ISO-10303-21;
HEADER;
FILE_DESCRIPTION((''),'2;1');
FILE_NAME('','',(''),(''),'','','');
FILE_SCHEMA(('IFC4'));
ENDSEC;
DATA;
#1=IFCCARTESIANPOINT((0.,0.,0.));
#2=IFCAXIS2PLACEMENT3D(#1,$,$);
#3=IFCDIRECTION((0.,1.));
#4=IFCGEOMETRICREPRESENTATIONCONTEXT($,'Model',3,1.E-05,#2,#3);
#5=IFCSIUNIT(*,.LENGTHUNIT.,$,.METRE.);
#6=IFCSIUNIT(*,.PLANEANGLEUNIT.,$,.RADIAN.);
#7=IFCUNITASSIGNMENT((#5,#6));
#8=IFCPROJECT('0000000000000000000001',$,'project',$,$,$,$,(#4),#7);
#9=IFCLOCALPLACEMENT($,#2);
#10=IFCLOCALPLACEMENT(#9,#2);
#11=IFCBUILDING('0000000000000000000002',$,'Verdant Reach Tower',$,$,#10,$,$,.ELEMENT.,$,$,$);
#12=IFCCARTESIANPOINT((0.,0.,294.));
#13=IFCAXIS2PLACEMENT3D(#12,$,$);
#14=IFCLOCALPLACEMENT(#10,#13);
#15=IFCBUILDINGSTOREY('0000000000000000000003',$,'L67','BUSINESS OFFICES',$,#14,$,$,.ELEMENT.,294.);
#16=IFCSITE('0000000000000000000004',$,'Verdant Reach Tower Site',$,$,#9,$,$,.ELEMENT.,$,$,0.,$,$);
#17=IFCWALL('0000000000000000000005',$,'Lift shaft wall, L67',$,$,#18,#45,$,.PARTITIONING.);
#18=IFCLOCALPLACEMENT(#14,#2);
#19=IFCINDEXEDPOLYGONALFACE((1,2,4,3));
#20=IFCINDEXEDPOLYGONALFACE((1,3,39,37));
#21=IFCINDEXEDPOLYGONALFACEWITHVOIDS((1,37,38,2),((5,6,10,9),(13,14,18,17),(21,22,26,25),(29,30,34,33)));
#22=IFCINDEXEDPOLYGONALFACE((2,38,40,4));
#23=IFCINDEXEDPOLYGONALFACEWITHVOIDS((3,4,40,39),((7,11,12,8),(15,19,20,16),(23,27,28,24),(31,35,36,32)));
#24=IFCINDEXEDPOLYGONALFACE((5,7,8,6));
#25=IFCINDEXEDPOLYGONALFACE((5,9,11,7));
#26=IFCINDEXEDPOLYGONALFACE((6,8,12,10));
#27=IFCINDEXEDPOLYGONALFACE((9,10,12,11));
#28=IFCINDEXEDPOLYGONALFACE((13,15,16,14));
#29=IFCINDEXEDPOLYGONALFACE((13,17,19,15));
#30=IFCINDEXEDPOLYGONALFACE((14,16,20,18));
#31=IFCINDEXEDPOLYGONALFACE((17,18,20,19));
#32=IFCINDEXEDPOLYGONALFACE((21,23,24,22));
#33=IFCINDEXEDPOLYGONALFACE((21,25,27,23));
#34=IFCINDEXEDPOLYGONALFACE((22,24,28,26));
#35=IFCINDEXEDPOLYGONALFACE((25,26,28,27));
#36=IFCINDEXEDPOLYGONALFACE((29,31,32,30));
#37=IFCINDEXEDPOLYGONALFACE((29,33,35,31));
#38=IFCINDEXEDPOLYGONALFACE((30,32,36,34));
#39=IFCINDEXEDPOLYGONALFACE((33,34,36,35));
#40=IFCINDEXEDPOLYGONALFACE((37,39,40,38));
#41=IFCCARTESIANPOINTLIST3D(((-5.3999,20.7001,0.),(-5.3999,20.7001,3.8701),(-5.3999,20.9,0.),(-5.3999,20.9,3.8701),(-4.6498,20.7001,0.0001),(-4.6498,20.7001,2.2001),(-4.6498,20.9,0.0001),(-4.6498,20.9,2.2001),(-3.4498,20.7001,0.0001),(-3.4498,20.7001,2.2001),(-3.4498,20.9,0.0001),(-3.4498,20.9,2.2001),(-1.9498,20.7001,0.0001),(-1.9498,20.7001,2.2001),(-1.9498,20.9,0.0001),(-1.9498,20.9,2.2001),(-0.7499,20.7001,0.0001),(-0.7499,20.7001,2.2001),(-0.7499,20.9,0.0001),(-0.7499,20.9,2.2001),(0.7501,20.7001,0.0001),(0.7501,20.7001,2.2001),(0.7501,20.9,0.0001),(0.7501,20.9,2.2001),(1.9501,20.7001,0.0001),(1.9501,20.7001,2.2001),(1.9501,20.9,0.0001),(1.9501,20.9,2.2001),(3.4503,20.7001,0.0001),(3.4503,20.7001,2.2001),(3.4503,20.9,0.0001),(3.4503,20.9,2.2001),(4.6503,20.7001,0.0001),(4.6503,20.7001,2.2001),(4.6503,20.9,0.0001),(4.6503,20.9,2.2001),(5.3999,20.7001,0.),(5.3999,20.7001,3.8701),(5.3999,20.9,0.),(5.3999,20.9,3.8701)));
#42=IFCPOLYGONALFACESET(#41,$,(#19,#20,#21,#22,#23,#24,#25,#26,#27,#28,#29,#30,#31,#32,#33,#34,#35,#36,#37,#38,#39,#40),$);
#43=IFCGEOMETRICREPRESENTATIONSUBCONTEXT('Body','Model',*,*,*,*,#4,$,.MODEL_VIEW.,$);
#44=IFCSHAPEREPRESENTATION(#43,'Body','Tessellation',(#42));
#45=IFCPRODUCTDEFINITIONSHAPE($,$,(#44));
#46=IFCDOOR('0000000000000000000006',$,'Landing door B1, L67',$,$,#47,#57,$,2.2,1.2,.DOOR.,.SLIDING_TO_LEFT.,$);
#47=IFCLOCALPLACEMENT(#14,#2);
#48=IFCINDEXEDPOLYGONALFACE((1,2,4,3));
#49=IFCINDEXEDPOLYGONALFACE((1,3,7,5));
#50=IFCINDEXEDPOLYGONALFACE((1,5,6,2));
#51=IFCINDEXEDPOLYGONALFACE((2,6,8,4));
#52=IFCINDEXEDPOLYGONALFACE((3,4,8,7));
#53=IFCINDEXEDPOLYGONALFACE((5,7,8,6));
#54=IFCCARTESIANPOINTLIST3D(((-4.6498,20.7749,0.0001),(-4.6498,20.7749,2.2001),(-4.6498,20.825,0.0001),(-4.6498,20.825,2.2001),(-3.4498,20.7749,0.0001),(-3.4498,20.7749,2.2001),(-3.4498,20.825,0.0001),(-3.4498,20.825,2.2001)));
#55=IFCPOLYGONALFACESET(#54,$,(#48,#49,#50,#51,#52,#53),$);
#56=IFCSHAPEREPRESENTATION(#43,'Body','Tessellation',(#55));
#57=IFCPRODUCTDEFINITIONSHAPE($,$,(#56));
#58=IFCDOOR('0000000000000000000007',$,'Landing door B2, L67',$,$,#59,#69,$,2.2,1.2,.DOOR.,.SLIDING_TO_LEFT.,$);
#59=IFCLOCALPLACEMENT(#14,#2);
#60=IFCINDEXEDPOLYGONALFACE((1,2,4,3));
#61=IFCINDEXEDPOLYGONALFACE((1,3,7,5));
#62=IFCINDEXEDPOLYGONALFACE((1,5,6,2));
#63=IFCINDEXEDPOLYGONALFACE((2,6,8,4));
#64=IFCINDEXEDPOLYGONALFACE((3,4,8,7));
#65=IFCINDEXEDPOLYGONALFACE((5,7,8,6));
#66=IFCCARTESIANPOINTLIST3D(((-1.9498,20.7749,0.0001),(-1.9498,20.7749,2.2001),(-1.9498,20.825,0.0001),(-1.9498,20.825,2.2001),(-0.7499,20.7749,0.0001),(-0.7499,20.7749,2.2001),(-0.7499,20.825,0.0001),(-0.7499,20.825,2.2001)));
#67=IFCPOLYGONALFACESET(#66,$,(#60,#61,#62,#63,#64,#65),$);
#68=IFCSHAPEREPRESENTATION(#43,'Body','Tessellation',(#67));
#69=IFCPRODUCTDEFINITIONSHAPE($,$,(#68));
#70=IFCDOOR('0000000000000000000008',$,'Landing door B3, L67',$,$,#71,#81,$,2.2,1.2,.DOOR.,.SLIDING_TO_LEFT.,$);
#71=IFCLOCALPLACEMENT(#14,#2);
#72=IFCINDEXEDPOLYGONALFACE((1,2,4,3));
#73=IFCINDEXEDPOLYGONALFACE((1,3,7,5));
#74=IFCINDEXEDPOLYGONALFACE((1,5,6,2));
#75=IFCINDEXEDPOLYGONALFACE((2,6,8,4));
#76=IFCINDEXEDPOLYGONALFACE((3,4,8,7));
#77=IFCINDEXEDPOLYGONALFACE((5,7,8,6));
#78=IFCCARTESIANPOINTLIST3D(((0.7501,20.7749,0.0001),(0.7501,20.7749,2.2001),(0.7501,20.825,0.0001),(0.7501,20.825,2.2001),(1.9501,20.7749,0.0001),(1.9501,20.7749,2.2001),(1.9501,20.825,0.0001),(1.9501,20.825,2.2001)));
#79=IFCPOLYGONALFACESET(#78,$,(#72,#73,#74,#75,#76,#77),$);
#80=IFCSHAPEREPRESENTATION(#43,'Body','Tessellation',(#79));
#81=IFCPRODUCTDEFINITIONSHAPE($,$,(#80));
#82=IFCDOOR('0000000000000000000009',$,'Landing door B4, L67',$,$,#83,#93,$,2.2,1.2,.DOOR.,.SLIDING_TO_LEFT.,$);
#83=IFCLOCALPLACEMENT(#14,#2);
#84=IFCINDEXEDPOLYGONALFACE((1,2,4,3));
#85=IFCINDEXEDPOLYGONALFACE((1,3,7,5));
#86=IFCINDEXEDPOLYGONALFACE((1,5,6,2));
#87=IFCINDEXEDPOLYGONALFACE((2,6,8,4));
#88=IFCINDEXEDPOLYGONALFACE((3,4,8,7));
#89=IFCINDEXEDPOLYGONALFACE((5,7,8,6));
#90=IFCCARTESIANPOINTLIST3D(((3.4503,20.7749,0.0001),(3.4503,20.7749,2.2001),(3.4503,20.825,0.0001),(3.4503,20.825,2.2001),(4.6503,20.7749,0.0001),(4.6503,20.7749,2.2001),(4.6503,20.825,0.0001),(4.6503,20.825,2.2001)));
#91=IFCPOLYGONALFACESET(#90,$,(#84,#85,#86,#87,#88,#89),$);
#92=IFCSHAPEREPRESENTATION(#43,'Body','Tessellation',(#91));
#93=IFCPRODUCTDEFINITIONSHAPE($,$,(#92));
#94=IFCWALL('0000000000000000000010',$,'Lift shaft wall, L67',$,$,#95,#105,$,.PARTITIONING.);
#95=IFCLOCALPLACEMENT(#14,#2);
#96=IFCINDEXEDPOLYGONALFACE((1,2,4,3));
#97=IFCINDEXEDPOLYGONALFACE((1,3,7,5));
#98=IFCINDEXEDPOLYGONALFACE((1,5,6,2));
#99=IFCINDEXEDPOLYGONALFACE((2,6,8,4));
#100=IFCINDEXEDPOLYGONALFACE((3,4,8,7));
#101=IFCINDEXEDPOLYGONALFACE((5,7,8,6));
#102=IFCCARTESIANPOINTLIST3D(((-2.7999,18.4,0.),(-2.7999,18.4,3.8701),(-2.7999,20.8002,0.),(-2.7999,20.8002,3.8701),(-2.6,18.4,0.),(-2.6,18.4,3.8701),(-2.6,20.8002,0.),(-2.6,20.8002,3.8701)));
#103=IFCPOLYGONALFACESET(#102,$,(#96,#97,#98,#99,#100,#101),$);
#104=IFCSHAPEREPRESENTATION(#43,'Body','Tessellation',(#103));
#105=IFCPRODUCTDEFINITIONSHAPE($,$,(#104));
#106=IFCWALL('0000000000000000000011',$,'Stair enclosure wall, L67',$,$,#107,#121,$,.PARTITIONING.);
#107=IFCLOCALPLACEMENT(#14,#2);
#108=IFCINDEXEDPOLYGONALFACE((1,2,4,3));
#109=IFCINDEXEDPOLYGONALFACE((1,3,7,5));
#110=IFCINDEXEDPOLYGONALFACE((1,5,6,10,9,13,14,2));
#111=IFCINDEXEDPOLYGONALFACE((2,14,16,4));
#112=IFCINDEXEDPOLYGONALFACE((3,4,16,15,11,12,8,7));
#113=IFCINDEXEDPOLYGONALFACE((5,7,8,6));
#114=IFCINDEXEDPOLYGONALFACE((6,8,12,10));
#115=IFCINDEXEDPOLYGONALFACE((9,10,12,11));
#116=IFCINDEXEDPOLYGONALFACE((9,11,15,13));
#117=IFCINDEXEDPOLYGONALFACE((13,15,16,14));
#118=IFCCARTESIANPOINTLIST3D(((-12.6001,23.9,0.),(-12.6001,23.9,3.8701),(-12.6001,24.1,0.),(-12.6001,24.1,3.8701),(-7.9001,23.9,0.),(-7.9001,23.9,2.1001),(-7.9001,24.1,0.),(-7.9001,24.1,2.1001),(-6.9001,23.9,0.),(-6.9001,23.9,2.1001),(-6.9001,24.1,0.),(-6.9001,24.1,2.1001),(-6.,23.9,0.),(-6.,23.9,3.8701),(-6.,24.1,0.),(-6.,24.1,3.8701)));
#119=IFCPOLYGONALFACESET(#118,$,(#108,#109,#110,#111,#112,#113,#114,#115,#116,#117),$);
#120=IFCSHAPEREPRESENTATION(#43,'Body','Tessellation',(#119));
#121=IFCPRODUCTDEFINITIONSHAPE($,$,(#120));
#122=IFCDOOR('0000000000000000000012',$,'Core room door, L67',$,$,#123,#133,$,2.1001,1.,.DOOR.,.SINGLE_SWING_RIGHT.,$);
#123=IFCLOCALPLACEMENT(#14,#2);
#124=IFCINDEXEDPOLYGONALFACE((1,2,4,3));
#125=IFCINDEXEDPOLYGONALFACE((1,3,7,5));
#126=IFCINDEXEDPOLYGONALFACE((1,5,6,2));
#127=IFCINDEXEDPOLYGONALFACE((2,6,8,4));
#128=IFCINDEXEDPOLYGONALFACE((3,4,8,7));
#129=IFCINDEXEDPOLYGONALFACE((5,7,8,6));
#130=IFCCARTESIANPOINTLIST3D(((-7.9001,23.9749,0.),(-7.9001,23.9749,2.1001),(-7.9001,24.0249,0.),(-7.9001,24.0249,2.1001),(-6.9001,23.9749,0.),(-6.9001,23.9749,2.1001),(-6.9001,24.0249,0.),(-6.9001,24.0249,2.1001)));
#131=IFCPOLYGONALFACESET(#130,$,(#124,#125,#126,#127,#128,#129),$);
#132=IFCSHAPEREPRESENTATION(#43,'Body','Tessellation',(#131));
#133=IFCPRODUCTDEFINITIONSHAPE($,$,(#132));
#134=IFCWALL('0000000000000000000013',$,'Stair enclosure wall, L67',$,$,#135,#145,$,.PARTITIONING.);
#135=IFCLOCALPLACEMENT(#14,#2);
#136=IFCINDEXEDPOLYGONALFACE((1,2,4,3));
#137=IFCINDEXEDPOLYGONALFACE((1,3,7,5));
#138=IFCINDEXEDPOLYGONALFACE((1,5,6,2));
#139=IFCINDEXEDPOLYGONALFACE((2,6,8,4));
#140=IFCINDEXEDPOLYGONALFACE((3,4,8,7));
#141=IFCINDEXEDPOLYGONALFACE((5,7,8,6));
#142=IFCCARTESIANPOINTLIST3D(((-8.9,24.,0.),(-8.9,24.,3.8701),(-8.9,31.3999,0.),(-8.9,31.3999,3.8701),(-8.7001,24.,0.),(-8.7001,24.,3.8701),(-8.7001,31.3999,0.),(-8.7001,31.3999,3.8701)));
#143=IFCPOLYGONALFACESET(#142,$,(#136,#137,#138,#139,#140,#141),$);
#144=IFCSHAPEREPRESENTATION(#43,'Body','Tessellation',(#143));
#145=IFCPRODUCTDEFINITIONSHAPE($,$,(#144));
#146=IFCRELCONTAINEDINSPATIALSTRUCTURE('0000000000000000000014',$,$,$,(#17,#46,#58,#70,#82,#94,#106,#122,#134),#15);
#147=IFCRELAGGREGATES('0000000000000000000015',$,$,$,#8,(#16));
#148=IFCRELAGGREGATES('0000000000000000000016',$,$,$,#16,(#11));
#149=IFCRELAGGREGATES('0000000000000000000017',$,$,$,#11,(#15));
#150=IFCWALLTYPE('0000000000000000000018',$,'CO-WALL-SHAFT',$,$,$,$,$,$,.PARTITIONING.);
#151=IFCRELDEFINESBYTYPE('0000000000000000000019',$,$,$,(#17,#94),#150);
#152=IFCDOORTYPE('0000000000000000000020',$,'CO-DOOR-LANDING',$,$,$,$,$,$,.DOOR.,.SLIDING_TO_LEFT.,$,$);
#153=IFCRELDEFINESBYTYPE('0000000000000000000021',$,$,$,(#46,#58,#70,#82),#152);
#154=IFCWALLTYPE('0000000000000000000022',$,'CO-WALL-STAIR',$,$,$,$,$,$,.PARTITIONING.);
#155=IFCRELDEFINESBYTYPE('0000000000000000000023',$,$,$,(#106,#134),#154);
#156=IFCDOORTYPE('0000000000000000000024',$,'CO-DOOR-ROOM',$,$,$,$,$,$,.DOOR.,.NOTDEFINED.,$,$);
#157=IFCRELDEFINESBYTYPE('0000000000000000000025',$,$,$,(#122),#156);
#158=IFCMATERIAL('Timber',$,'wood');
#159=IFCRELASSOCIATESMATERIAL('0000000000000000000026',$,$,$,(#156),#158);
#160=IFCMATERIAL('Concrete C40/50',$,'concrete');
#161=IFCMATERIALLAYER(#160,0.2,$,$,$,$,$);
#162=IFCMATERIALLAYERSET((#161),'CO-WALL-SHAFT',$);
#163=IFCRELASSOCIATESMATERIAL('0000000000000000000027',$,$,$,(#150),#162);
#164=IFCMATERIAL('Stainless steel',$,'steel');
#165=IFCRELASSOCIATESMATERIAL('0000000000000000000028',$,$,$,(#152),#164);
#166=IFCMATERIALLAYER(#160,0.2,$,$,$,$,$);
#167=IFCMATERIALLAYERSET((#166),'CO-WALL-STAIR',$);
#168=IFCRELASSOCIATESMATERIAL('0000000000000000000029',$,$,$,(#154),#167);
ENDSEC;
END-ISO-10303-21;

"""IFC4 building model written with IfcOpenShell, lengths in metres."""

from ifc_helpers import new_model, si_unit, direction, frame, frame_2d, origin, place, context, subcontext, project, spatial, rectangle, extrude, material, layer, layer_set, type_object, element, fill, save


model = new_model("IFC4")

# Units and contexts
model_context = context("Model", 3, precision=1e-05, world=origin(), true_north=direction((0.0, 1.0)))
body_context = subcontext(model_context, "Body", "Model", "MODEL_VIEW")
ifc_project = project(units=[si_unit("LENGTHUNIT", "METRE"), si_unit("PLANEANGLEUNIT", "RADIAN")], contexts=[model_context])

# Site, building, storey
site_placement = place(None, origin())
site = spatial("IfcSite", under=ifc_project, at=site_placement, Name="Verdant Reach Tower Site", CompositionType="ELEMENT", RefElevation=0.0)
building_placement = place(site_placement, origin())
building = spatial("IfcBuilding", under=site, at=building_placement, Name="Verdant Reach Tower", CompositionType="ELEMENT")
storey_placement = place(building_placement, frame((0.0, 0.0, 294.0)))
storey = spatial("IfcBuildingStorey", under=building, at=storey_placement, Name="L67", Description="BUSINESS OFFICES", CompositionType="ELEMENT", Elevation=294.0)

# Shared definitions
ifc_material_1 = material(Name="Timber", Category="wood")
door_type_1 = type_object("IfcDoorType", Name="CO-DOOR-ROOM", OperationType="NOTDEFINED", PredefinedType="DOOR", material=ifc_material_1)

# Wall, openings, doors
ifc_material_2 = material(Name="Concrete C40/50", Category="concrete")
ifc_layer_1 = layer(ifc_material_2, 0.2)
ifc_layer_set_1 = layer_set([ifc_layer_1], Name="CO-WALL-SHAFT")
wall_type_1 = type_object("IfcWallType", Name="CO-WALL-SHAFT", PredefinedType="PARTITIONING", material=ifc_layer_set_1)
wall_1_placement = place(storey_placement, frame((-5.3999, 20.8, 0.0), z_axis=(0.0, 0.0, 1.0), x_axis=(1.0, 0.0, 0.0)))
wall_1 = element("IfcWall", 1, at=wall_1_placement, inside=storey, type_object=wall_type_1, Name="Lift shaft wall, L67", PredefinedType="PARTITIONING", context=body_context, shape_type="SweptSolid", body=[
    extrude(rectangle(XDim=10.7998, YDim=0.2, at=frame_2d((5.3999, 0.0))), origin(), (0.0, 0.0, 1.0), 3.8701),
])
opening_1_placement = place(wall_1_placement, frame((0.75, 0.0, 0.0)))
opening_1 = element("IfcOpeningElement", 2, at=opening_1_placement, cuts=wall_1, PredefinedType="OPENING", context=body_context, shape_type="SweptSolid", body=[
    extrude(rectangle(XDim=1.2, YDim=2.2, at=frame_2d((0.6001, 1.1001))), frame((0.0, 0.1099, 0.0), z_axis=(0.0, -1.0, 0.0), x_axis=(1.0, 0.0, 0.0)), (0.0, 0.0, 1.0), 0.22),
])
opening_2_placement = place(wall_1_placement, frame((3.45, 0.0, 0.0)))
opening_2 = element("IfcOpeningElement", 3, at=opening_2_placement, cuts=wall_1, PredefinedType="OPENING", context=body_context, shape_type="SweptSolid", body=[
    extrude(rectangle(XDim=1.2, YDim=2.2, at=frame_2d((0.6001, 1.1001))), frame((0.0, 0.1099, 0.0), z_axis=(0.0, -1.0, 0.0), x_axis=(1.0, 0.0, 0.0)), (0.0, 0.0, 1.0), 0.22),
])
opening_3_placement = place(wall_1_placement, frame((6.1499, 0.0, 0.0)))
opening_3 = element("IfcOpeningElement", 4, at=opening_3_placement, cuts=wall_1, PredefinedType="OPENING", context=body_context, shape_type="SweptSolid", body=[
    extrude(rectangle(XDim=1.2, YDim=2.2, at=frame_2d((0.6001, 1.1001))), frame((0.0, 0.1099, 0.0), z_axis=(0.0, -1.0, 0.0), x_axis=(1.0, 0.0, 0.0)), (0.0, 0.0, 1.0), 0.22),
])
opening_4_placement = place(wall_1_placement, frame((8.8501, 0.0, 0.0)))
opening_4 = element("IfcOpeningElement", 5, at=opening_4_placement, cuts=wall_1, PredefinedType="OPENING", context=body_context, shape_type="SweptSolid", body=[
    extrude(rectangle(XDim=1.2, YDim=2.2, at=frame_2d((0.6001, 1.1001))), frame((0.0, 0.1099, 0.0), z_axis=(0.0, -1.0, 0.0), x_axis=(1.0, 0.0, 0.0)), (0.0, 0.0, 1.0), 0.22),
])
ifc_material_3 = material(Name="Stainless steel", Category="steel")
door_type_2 = type_object("IfcDoorType", Name="CO-DOOR-LANDING", OperationType="SLIDING_TO_LEFT", PredefinedType="DOOR", material=ifc_material_3)
door_1_placement = place(opening_1_placement, origin())
door_1 = element("IfcDoor", 6, at=door_1_placement, inside=storey, type_object=door_type_2, Name="Landing door B1, L67", OperationType="SLIDING_TO_LEFT", OverallHeight=2.2, OverallWidth=1.2, PredefinedType="DOOR", context=body_context, shape_type="SweptSolid", body=[
    extrude(rectangle(XDim=1.2, YDim=2.2, at=frame_2d((0.6001, 1.1001))), frame((0.0, 0.0249, 0.0), z_axis=(0.0, -1.0, 0.0), x_axis=(1.0, 0.0, 0.0)), (0.0, 0.0, 1.0), 0.05),
])
fill(opening_1, door_1)
door_2_placement = place(opening_2_placement, origin())
door_2 = element("IfcDoor", 7, at=door_2_placement, inside=storey, type_object=door_type_2, Name="Landing door B2, L67", OperationType="SLIDING_TO_LEFT", OverallHeight=2.2, OverallWidth=1.2, PredefinedType="DOOR", context=body_context, shape_type="SweptSolid", body=[
    extrude(rectangle(XDim=1.2, YDim=2.2, at=frame_2d((0.6001, 1.1001))), frame((0.0, 0.0249, 0.0), z_axis=(0.0, -1.0, 0.0), x_axis=(1.0, 0.0, 0.0)), (0.0, 0.0, 1.0), 0.05),
])
fill(opening_2, door_2)
door_3_placement = place(opening_3_placement, origin())
door_3 = element("IfcDoor", 8, at=door_3_placement, inside=storey, type_object=door_type_2, Name="Landing door B3, L67", OperationType="SLIDING_TO_LEFT", OverallHeight=2.2, OverallWidth=1.2, PredefinedType="DOOR", context=body_context, shape_type="SweptSolid", body=[
    extrude(rectangle(XDim=1.2, YDim=2.2, at=frame_2d((0.6001, 1.1001))), frame((0.0, 0.0249, 0.0), z_axis=(0.0, -1.0, 0.0), x_axis=(1.0, 0.0, 0.0)), (0.0, 0.0, 1.0), 0.05),
])
fill(opening_3, door_3)
door_4_placement = place(opening_4_placement, origin())
door_4 = element("IfcDoor", 9, at=door_4_placement, inside=storey, type_object=door_type_2, Name="Landing door B4, L67", OperationType="SLIDING_TO_LEFT", OverallHeight=2.2, OverallWidth=1.2, PredefinedType="DOOR", context=body_context, shape_type="SweptSolid", body=[
    extrude(rectangle(XDim=1.2, YDim=2.2, at=frame_2d((0.6001, 1.1001))), frame((0.0, 0.0249, 0.0), z_axis=(0.0, -1.0, 0.0), x_axis=(1.0, 0.0, 0.0)), (0.0, 0.0, 1.0), 0.05),
])
fill(opening_4, door_4)

# Wall
wall_2_placement = place(storey_placement, frame((-2.7, 18.3999, 0.0), z_axis=(0.0, 0.0, 1.0), x_axis=(0.0, 1.0, 0.0)))
element("IfcWall", 10, at=wall_2_placement, inside=storey, type_object=wall_type_1, Name="Lift shaft wall, L67", PredefinedType="PARTITIONING", context=body_context, shape_type="SweptSolid", body=[
    extrude(rectangle(XDim=2.4001, YDim=0.2, at=frame_2d((1.2002, 0.0))), origin(), (0.0, 0.0, 1.0), 3.8701),
])

# Wall, opening, door
ifc_layer_2 = layer(ifc_material_2, 0.2)
ifc_layer_set_2 = layer_set([ifc_layer_2], Name="CO-WALL-STAIR")
wall_type_2 = type_object("IfcWallType", Name="CO-WALL-STAIR", PredefinedType="PARTITIONING", material=ifc_layer_set_2)
wall_3_placement = place(storey_placement, frame((-12.6001, 24.0, 0.0), z_axis=(0.0, 0.0, 1.0), x_axis=(1.0, 0.0, 0.0)))
wall_3 = element("IfcWall", 11, at=wall_3_placement, inside=storey, type_object=wall_type_2, Name="Stair enclosure wall, L67", PredefinedType="PARTITIONING", context=body_context, shape_type="SweptSolid", body=[
    extrude(rectangle(XDim=6.6001, YDim=0.2, at=frame_2d((3.3, 0.0))), origin(), (0.0, 0.0, 1.0), 3.8701),
])
opening_5_placement = place(wall_3_placement, frame((4.7, 0.0, 0.0)))
opening_5 = element("IfcOpeningElement", 12, at=opening_5_placement, cuts=wall_3, PredefinedType="OPENING", context=body_context, shape_type="SweptSolid", body=[
    extrude(rectangle(XDim=1.0, YDim=2.1001, at=frame_2d((0.5, 1.05))), frame((0.0, 0.1099, 0.0), z_axis=(0.0, -1.0, 0.0), x_axis=(1.0, 0.0, 0.0)), (0.0, 0.0, 1.0), 0.22),
])
door_5_placement = place(opening_5_placement, origin())
door_5 = element("IfcDoor", 13, at=door_5_placement, inside=storey, type_object=door_type_1, Name="Core room door, L67", OperationType="SINGLE_SWING_RIGHT", OverallHeight=2.1001, OverallWidth=1.0, PredefinedType="DOOR", context=body_context, shape_type="SweptSolid", body=[
    extrude(rectangle(XDim=1.0, YDim=2.1001, at=frame_2d((0.5, 1.05))), frame((0.0, 0.0249, 0.0), z_axis=(0.0, -1.0, 0.0), x_axis=(1.0, 0.0, 0.0)), (0.0, 0.0, 1.0), 0.05),
])
fill(opening_5, door_5)

# Wall
wall_4_placement = place(storey_placement, frame((-8.8, 24.0, 0.0), z_axis=(0.0, 0.0, 1.0), x_axis=(0.0, 1.0, 0.0)))
element("IfcWall", 14, at=wall_4_placement, inside=storey, type_object=wall_type_2, Name="Stair enclosure wall, L67", PredefinedType="PARTITIONING", context=body_context, shape_type="SweptSolid", body=[
    extrude(rectangle(XDim=7.3999, YDim=0.2, at=frame_2d((3.7, 0.0))), origin(), (0.0, 0.0, 1.0), 3.8701),
])

save(model, "model.ifc")
